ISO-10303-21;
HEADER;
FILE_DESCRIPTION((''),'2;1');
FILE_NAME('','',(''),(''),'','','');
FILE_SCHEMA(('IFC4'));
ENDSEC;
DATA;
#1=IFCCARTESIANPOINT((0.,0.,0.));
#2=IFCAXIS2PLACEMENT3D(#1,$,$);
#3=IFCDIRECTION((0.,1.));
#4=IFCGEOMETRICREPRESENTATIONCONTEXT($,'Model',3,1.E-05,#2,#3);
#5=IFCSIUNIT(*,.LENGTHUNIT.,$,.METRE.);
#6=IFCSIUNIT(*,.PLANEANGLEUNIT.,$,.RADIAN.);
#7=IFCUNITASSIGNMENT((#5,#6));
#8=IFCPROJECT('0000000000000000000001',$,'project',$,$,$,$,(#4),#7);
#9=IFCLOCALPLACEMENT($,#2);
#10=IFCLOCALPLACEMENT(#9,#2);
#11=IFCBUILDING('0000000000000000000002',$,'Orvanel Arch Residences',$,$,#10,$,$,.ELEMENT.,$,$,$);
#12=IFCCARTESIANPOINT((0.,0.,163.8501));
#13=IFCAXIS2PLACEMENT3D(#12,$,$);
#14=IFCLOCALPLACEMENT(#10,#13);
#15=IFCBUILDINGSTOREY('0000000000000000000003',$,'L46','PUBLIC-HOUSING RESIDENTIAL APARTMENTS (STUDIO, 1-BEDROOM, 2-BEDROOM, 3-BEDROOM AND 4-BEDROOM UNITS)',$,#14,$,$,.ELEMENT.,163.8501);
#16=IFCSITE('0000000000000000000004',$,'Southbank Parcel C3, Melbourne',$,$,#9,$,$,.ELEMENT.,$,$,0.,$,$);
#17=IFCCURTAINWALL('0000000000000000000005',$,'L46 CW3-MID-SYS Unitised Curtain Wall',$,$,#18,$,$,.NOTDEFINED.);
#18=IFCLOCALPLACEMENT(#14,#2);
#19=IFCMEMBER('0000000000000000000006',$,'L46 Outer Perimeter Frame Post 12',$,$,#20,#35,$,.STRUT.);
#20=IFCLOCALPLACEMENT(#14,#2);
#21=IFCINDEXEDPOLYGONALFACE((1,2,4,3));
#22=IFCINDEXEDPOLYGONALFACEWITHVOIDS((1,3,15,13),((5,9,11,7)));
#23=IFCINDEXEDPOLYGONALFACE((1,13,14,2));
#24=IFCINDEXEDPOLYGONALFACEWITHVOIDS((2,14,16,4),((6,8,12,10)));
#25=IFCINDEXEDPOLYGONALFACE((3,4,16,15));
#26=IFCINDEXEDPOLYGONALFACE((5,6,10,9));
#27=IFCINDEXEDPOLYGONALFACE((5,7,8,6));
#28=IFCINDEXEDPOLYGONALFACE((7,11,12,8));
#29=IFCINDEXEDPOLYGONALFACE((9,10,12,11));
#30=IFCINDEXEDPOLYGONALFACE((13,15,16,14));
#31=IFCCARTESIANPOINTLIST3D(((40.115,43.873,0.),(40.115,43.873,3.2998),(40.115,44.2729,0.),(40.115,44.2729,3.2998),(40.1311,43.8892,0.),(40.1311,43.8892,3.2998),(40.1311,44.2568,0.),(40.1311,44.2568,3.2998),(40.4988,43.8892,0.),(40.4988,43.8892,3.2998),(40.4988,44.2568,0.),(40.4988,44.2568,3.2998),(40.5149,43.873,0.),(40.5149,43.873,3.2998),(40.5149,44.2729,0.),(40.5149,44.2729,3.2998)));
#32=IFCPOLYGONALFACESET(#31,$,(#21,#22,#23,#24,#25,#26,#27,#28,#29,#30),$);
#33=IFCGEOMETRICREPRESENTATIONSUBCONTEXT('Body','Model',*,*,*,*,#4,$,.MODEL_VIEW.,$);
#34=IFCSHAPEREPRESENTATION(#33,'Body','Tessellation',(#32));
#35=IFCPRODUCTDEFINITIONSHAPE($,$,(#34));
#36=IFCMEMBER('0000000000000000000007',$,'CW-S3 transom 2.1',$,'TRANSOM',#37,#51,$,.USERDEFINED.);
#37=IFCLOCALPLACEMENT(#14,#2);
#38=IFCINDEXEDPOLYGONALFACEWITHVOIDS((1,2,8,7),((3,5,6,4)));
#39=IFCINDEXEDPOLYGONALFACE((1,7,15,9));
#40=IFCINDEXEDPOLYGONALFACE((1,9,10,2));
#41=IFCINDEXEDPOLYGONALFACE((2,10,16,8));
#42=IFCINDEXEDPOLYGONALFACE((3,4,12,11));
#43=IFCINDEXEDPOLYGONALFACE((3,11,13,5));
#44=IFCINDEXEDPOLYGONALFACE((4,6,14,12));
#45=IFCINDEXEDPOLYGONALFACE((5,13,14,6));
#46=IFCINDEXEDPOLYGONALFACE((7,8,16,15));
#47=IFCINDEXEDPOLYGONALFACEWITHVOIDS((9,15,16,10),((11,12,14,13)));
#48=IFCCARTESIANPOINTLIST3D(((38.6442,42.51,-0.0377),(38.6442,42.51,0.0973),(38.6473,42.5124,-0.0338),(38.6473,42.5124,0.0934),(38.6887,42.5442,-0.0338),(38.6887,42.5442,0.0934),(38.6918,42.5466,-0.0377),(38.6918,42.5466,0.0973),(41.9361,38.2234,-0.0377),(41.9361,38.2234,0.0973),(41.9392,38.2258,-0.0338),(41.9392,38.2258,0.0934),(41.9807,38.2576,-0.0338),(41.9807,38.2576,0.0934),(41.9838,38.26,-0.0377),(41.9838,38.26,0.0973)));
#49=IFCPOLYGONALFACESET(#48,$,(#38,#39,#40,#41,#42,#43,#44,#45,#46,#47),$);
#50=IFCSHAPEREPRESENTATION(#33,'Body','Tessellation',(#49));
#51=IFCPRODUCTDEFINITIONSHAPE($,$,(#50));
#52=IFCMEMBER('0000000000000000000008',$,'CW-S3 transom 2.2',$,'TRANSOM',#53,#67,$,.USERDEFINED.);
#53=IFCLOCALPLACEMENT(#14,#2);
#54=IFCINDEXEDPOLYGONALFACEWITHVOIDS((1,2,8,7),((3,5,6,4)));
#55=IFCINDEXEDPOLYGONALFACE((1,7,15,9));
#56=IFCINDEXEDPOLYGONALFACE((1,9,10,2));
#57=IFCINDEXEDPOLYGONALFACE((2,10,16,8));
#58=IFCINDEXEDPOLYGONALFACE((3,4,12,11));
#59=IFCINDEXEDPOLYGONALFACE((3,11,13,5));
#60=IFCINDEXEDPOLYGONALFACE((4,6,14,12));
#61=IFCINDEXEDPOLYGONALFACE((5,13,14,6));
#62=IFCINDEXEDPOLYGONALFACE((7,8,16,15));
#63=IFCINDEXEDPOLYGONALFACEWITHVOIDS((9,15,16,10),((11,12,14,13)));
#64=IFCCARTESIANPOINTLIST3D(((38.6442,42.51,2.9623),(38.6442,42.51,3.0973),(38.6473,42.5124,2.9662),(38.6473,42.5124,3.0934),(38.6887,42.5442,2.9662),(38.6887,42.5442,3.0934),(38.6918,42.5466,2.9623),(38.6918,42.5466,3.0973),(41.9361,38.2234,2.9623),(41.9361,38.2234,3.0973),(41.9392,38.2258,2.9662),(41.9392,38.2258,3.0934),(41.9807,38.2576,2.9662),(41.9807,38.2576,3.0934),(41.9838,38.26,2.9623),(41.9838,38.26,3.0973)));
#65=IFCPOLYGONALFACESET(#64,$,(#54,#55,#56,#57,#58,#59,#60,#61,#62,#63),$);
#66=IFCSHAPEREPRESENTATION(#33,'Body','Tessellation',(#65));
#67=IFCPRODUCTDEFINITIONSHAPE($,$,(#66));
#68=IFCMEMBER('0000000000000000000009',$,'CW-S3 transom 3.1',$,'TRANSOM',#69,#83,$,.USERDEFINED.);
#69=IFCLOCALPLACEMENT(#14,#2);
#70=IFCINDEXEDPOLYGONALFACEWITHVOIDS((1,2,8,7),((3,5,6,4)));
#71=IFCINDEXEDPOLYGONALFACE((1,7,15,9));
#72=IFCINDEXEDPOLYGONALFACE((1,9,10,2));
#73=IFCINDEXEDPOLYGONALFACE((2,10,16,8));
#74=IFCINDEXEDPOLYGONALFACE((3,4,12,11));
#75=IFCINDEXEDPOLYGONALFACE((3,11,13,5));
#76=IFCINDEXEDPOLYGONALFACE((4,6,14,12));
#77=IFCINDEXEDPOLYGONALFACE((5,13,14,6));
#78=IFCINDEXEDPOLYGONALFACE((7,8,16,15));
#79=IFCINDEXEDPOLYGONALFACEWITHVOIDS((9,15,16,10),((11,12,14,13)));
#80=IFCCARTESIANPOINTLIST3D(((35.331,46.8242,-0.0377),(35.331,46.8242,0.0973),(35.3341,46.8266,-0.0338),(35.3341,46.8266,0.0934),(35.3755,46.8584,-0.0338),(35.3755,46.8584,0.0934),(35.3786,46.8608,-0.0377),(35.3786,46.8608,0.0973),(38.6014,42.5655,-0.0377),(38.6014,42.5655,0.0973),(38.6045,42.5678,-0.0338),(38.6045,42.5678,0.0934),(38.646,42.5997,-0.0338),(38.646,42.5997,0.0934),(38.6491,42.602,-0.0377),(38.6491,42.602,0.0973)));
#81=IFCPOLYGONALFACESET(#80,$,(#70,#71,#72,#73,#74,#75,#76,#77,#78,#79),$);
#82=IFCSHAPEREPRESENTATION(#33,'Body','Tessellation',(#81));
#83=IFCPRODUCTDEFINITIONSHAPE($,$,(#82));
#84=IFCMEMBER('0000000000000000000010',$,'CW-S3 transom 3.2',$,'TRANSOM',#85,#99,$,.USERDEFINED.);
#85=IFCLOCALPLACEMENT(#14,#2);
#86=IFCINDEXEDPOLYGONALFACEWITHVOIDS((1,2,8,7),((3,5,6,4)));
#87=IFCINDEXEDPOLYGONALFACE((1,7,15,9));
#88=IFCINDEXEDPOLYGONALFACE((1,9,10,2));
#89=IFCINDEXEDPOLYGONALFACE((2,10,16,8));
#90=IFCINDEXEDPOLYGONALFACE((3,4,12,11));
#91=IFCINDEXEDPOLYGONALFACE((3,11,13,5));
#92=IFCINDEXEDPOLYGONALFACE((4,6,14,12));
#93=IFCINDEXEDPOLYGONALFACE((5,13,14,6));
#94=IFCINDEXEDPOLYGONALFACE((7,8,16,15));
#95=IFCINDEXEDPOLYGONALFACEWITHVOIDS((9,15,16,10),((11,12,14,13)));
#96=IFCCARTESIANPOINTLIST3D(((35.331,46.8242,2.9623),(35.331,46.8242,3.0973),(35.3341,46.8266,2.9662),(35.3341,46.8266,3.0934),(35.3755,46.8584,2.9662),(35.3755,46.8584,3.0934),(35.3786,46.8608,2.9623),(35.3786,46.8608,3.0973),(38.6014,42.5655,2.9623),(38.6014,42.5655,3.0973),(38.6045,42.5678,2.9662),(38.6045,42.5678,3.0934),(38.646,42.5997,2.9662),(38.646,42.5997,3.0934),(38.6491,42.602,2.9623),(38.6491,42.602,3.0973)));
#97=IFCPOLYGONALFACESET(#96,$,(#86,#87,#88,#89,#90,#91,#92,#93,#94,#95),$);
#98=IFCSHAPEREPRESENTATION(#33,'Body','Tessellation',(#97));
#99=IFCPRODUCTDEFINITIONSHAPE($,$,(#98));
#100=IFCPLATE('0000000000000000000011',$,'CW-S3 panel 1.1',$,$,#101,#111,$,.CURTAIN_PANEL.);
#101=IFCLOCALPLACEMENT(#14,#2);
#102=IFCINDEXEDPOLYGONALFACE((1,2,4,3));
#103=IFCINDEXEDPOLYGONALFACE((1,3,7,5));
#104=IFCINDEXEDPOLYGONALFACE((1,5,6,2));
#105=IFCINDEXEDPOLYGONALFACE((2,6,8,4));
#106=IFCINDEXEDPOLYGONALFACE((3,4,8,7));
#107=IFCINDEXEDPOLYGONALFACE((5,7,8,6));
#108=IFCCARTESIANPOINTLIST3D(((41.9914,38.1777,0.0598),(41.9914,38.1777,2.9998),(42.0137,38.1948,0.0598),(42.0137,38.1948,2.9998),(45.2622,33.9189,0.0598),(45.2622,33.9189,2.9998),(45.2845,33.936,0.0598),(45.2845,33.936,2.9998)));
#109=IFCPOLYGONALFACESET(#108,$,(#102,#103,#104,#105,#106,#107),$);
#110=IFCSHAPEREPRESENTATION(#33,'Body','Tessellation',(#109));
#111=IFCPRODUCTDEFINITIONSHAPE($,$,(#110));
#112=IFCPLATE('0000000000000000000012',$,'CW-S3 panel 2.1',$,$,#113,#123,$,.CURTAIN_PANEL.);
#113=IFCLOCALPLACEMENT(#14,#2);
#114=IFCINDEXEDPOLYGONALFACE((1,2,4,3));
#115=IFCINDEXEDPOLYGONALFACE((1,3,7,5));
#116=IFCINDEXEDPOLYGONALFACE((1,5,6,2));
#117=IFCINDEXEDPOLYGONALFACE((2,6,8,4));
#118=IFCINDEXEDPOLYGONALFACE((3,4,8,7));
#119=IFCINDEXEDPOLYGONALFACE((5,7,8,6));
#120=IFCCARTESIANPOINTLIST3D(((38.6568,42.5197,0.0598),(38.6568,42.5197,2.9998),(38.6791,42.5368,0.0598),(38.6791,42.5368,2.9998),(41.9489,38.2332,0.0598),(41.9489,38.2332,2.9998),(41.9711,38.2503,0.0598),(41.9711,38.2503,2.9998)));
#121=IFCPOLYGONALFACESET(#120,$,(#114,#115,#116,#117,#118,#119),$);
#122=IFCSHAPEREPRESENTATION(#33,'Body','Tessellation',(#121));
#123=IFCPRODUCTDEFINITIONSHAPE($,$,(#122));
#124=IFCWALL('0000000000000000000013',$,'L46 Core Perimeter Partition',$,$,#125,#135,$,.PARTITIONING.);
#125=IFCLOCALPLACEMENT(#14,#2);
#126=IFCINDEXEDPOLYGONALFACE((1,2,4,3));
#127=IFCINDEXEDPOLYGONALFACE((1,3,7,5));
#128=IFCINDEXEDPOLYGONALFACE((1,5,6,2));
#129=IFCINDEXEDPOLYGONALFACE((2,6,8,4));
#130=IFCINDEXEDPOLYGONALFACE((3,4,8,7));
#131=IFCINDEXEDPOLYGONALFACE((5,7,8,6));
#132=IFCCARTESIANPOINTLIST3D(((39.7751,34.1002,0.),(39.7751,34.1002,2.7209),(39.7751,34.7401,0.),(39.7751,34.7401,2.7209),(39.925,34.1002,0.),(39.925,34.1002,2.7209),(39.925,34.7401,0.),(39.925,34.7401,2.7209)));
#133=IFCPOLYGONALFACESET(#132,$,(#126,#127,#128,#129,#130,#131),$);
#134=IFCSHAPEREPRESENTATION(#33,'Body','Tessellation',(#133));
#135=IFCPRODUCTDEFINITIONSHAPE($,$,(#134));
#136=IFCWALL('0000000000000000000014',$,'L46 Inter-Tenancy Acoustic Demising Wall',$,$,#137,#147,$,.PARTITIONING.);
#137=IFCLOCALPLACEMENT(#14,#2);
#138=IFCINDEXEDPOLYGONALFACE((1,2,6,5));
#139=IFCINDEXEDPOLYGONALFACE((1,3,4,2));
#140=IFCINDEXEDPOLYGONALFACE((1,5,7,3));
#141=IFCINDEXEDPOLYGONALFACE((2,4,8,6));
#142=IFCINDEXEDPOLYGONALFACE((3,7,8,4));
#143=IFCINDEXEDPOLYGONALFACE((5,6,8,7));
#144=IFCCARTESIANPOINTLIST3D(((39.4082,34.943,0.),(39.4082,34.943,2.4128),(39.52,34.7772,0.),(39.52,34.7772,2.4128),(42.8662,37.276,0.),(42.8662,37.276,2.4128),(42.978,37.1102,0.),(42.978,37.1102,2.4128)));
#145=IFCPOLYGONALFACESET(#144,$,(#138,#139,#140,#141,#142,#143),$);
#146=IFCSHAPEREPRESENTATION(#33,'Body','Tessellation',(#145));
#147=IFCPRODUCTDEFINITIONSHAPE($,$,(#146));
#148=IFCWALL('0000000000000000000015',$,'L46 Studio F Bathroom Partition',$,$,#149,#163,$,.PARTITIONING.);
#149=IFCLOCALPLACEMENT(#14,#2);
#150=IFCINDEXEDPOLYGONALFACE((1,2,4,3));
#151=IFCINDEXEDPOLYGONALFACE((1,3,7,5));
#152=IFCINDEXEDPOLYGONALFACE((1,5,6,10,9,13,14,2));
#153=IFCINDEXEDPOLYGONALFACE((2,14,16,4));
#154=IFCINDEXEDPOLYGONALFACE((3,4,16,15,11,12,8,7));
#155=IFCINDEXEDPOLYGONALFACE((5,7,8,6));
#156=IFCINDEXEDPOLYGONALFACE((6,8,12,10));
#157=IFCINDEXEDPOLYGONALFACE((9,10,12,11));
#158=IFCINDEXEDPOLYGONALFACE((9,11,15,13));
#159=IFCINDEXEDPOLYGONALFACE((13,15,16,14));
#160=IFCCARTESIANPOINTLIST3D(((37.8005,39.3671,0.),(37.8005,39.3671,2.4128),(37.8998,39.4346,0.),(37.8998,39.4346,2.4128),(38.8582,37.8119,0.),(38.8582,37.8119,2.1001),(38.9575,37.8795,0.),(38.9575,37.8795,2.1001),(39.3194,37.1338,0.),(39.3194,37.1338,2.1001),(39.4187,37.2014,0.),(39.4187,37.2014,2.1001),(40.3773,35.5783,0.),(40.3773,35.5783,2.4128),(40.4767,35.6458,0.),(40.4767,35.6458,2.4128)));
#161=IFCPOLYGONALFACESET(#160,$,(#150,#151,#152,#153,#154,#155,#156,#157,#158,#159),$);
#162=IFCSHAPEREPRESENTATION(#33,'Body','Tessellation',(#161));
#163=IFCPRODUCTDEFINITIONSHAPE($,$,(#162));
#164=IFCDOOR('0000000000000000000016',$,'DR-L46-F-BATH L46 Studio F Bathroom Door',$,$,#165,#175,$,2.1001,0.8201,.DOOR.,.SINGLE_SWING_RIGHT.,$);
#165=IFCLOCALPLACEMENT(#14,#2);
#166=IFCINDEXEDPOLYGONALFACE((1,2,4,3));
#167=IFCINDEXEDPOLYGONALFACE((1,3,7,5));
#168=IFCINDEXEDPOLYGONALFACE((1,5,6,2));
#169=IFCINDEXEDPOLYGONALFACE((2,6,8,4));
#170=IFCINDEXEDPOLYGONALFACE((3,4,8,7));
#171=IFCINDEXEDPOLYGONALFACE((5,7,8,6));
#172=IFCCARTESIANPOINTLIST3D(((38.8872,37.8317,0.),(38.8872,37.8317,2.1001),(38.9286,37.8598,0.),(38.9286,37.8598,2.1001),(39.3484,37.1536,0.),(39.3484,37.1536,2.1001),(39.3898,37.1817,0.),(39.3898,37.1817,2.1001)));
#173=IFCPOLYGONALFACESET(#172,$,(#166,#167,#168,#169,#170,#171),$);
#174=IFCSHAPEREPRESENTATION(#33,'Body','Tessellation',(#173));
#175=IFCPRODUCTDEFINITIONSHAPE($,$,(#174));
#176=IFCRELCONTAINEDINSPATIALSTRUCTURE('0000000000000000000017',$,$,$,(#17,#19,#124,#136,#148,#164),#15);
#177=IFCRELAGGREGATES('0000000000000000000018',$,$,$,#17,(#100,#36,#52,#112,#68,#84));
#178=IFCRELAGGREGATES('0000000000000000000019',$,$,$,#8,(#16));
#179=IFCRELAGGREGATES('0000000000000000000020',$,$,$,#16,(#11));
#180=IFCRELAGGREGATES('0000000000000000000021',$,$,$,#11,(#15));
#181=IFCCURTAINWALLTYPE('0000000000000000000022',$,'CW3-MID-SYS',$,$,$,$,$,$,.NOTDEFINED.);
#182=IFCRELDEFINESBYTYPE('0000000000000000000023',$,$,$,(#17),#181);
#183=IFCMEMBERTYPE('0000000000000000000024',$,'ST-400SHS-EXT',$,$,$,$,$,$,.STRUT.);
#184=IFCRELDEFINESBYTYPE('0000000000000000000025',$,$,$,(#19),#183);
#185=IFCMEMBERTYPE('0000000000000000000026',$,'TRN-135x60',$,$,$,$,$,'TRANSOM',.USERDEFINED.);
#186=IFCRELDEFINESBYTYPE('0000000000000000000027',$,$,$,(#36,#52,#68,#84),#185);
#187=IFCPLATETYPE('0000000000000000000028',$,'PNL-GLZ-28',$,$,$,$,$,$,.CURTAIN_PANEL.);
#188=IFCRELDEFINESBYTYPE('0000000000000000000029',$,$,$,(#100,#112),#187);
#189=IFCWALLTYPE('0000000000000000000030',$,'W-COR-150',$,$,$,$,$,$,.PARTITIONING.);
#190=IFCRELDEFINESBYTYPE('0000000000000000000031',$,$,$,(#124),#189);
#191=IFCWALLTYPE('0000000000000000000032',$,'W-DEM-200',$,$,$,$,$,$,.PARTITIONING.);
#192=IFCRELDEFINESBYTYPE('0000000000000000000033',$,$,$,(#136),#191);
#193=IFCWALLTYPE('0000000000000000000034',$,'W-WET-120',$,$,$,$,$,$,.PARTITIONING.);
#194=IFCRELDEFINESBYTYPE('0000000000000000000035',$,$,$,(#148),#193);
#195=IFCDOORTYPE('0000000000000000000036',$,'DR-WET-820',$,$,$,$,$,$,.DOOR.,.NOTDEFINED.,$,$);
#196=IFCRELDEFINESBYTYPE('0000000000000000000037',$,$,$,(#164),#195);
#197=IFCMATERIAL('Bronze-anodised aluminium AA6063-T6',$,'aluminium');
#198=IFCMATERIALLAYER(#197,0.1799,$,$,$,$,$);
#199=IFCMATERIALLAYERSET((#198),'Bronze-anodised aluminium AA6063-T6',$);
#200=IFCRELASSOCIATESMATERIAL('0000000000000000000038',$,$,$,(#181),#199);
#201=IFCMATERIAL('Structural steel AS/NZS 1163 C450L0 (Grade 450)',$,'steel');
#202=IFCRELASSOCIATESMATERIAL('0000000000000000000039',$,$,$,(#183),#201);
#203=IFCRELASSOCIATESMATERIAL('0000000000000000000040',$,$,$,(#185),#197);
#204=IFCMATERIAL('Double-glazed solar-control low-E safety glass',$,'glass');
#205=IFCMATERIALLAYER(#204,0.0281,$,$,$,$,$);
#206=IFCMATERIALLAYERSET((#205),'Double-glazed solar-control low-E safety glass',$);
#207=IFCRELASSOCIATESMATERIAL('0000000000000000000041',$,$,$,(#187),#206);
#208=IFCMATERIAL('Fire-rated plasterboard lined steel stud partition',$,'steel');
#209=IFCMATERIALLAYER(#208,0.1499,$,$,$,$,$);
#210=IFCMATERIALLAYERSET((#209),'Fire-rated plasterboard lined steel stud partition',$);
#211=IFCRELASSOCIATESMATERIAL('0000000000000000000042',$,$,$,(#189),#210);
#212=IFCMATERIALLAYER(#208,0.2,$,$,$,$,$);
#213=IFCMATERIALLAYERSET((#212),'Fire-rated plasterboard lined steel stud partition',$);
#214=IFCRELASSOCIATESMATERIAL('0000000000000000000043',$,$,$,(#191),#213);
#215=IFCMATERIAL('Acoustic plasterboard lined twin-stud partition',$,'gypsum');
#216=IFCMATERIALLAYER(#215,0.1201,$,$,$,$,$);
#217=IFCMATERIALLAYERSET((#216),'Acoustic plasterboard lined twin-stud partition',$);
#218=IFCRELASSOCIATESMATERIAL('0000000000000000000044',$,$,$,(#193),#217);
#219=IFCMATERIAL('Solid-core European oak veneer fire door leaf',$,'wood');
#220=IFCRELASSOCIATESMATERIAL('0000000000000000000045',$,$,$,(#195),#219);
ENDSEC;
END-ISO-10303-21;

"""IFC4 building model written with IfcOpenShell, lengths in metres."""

from ifc_helpers import new_model, si_unit, direction, frame, frame_2d, origin, origin_2d, place, context, subcontext, project, spatial, rectangle, hollow_rectangle, extrude, material, layer, layer_set, material_profile, profile_set, type_object, element, fill, aggregate, save


model = new_model("IFC4")

# Units and contexts
model_context = context("Model", 3, precision=1e-05, world=origin(), true_north=direction((0.0, 1.0)))
body_context = subcontext(model_context, "Body", "Model", "MODEL_VIEW")
ifc_project = project(units=[si_unit("LENGTHUNIT", "METRE"), si_unit("PLANEANGLEUNIT", "RADIAN")], contexts=[model_context])

# Site, building, storey
site_placement = place(None, origin())
site = spatial("IfcSite", under=ifc_project, at=site_placement, Name="Southbank Parcel C3, Melbourne", CompositionType="ELEMENT", RefElevation=0.0)
building_placement = place(site_placement, origin())
building = spatial("IfcBuilding", under=site, at=building_placement, Name="Orvanel Arch Residences", CompositionType="ELEMENT")
storey_placement = place(building_placement, frame((0.0, 0.0, 163.8501)))
storey = spatial("IfcBuildingStorey", under=building, at=storey_placement, Name="L46", Description="PUBLIC-HOUSING RESIDENTIAL APARTMENTS (STUDIO, 1-BEDROOM, 2-BEDROOM, 3-BEDROOM AND 4-BEDROOM UNITS)", CompositionType="ELEMENT", Elevation=163.8501)

# Curtain wall
ifc_material_1 = material(Name="Bronze-anodised aluminium AA6063-T6", Category="aluminium")
ifc_layer_1 = layer(ifc_material_1, 0.1799)
ifc_layer_set_1 = layer_set([ifc_layer_1], Name="Bronze-anodised aluminium AA6063-T6")
curtain_wall_type = type_object("IfcCurtainWallType", Name="CW3-MID-SYS", PredefinedType="NOTDEFINED", material=ifc_layer_set_1)
curtain_wall_placement = place(storey_placement, origin())
curtain_wall = element("IfcCurtainWall", 1, at=curtain_wall_placement, inside=storey, type_object=curtain_wall_type, Name="L46 CW3-MID-SYS Unitised Curtain Wall", PredefinedType="NOTDEFINED")

# Member
ifc_material_2 = material(Name="Structural steel AS/NZS 1163 C450L0 (Grade 450)", Category="steel")
ifc_material_profile_1 = material_profile(ifc_material_2, hollow_rectangle(XDim=0.3999, YDim=0.3999, WallThickness=0.0161, at=origin_2d()), Name="SHS400x400x16")
ifc_profile_set_1 = profile_set([ifc_material_profile_1], Name="Structural steel AS/NZS 1163 C450L0 (Grade 450)")
member_type_1 = type_object("IfcMemberType", Name="ST-400SHS-EXT", PredefinedType="STRUT", material=ifc_profile_set_1)
for number, where, z_axis, x_axis, name in (
    (2, (40.3149, 44.073, 0.0), (0.0, 0.0, 1.0), (1.0, 0.0, 0.0), "L46 Outer Perimeter Frame Post 12"),
):
    element("IfcMember", number, at=place(storey_placement, frame(where, z_axis=z_axis, x_axis=x_axis)), inside=storey, type_object=member_type_1, Name=name, PredefinedType="STRUT", context=body_context, shape_type="SweptSolid", body=[
        extrude(hollow_rectangle(XDim=0.3999, YDim=0.3999, WallThickness=0.0161, at=origin_2d()), origin(), (0.0, 0.0, 1.0), 3.2998),
    ])

# Members
ifc_material_profile_2 = material_profile(ifc_material_1, hollow_rectangle(XDim=0.0601, YDim=0.135, WallThickness=0.0039, at=origin_2d()), Name="ALU135x60x4")
ifc_profile_set_2 = profile_set([ifc_material_profile_2], Name="Bronze-anodised aluminium AA6063-T6")
member_type_2 = type_object("IfcMemberType", Name="TRN-135x60", ElementType="TRANSOM", PredefinedType="USERDEFINED", material=ifc_profile_set_2)
member_1_placement = place(storey_placement, frame((41.96, 38.2417, 0.0298), z_axis=(-0.609082, 0.793107, 0.0), x_axis=(-0.793107, -0.609082, 0.0)))
member_1 = element("IfcMember", 3, at=member_1_placement, type_object=member_type_2, Name="CW-S3 transom 2.1", ObjectType="TRANSOM", PredefinedType="USERDEFINED", context=body_context, shape_type="SweptSolid", body=[
    extrude(hollow_rectangle(XDim=0.0601, YDim=0.135, WallThickness=0.0039, at=origin_2d()), origin(), (0.0, 0.0, 1.0), 5.4048),
])
member_2_placement = place(storey_placement, frame((41.96, 38.2417, 3.0298), z_axis=(-0.609082, 0.793107, 0.0), x_axis=(-0.793107, -0.609082, 0.0)))
member_2 = element("IfcMember", 4, at=member_2_placement, type_object=member_type_2, Name="CW-S3 transom 2.2", ObjectType="TRANSOM", PredefinedType="USERDEFINED", context=body_context, shape_type="SweptSolid", body=[
    extrude(hollow_rectangle(XDim=0.0601, YDim=0.135, WallThickness=0.0039, at=origin_2d()), origin(), (0.0, 0.0, 1.0), 5.4048),
])
member_3_placement = place(storey_placement, frame((38.6252, 42.5837, 0.0298), z_axis=(-0.609069, 0.793117, 0.0), x_axis=(-0.793117, -0.609069, 0.0)))
member_3 = element("IfcMember", 5, at=member_3_placement, type_object=member_type_2, Name="CW-S3 transom 3.1", ObjectType="TRANSOM", PredefinedType="USERDEFINED", context=body_context, shape_type="SweptSolid", body=[
    extrude(hollow_rectangle(XDim=0.0601, YDim=0.135, WallThickness=0.0039, at=origin_2d()), origin(), (0.0, 0.0, 1.0), 5.3696),
])
member_4_placement = place(storey_placement, frame((38.6252, 42.5837, 3.0298), z_axis=(-0.609069, 0.793117, 0.0), x_axis=(-0.793117, -0.609069, 0.0)))
member_4 = element("IfcMember", 6, at=member_4_placement, type_object=member_type_2, Name="CW-S3 transom 3.2", ObjectType="TRANSOM", PredefinedType="USERDEFINED", context=body_context, shape_type="SweptSolid", body=[
    extrude(hollow_rectangle(XDim=0.0601, YDim=0.135, WallThickness=0.0039, at=origin_2d()), origin(), (0.0, 0.0, 1.0), 5.3696),
])

# Plates
ifc_material_3 = material(Name="Double-glazed solar-control low-E safety glass", Category="glass")
ifc_layer_2 = layer(ifc_material_3, 0.0281)
ifc_layer_set_2 = layer_set([ifc_layer_2], Name="Double-glazed solar-control low-E safety glass")
plate_type = type_object("IfcPlateType", Name="PNL-GLZ-28", PredefinedType="CURTAIN_PANEL", material=ifc_layer_set_2)
plate_1_placement = place(storey_placement, frame((43.6379, 36.0569, 0.0598), z_axis=(0.0, 0.0, 1.0), x_axis=(-0.609099, 0.793095, 0.0)))
plate_1 = element("IfcPlate", 7, at=plate_1_placement, type_object=plate_type, Name="CW-S3 panel 1.1", PredefinedType="CURTAIN_PANEL", context=body_context, shape_type="SweptSolid", body=[
    extrude(rectangle(XDim=5.3699, YDim=0.0281, at=origin_2d()), origin(), (0.0, 0.0, 1.0), 2.9399),
])
plate_2_placement = place(storey_placement, frame((40.314, 40.385, 0.0598), z_axis=(0.0, 0.0, 1.0), x_axis=(-0.609099, 0.793095, 0.0)))
plate_2 = element("IfcPlate", 8, at=plate_2_placement, type_object=plate_type, Name="CW-S3 panel 2.1", PredefinedType="CURTAIN_PANEL", context=body_context, shape_type="SweptSolid", body=[
    extrude(rectangle(XDim=5.4048, YDim=0.0281, at=origin_2d()), origin(), (0.0, 0.0, 1.0), 2.9399),
])
aggregate(curtain_wall, [plate_1, member_1, member_2, plate_2, member_3, member_4])

# Walls
ifc_material_4 = material(Name="Fire-rated plasterboard lined steel stud partition", Category="steel")
ifc_layer_3 = layer(ifc_material_4, 0.1499)
ifc_layer_set_3 = layer_set([ifc_layer_3], Name="Fire-rated plasterboard lined steel stud partition")
wall_type_1 = type_object("IfcWallType", Name="W-COR-150", PredefinedType="PARTITIONING", material=ifc_layer_set_3)
wall_1_placement = place(storey_placement, frame((39.8501, 34.74, 0.0), z_axis=(0.0, 0.0, 1.0), x_axis=(0.0, -1.0, 0.0)))
element("IfcWall", 9, at=wall_1_placement, inside=storey, type_object=wall_type_1, Name="L46 Core Perimeter Partition", PredefinedType="PARTITIONING", context=body_context, shape_type="SweptSolid", body=[
    extrude(rectangle(XDim=0.6399, YDim=0.1499, at=frame_2d((0.3198, 0.0))), origin(), (0.0, 0.0, 1.0), 2.7209),
])
ifc_layer_4 = layer(ifc_material_4, 0.2)
ifc_layer_set_4 = layer_set([ifc_layer_4], Name="Fire-rated plasterboard lined steel stud partition")
wall_type_2 = type_object("IfcWallType", Name="W-DEM-200", PredefinedType="PARTITIONING", material=ifc_layer_set_4)
wall_2_placement = place(storey_placement, frame((39.4641, 34.8601, 0.0), z_axis=(0.0, 0.0, 1.0), x_axis=(0.828976, 0.559284, 0.0)))
element("IfcWall", 10, at=wall_2_placement, inside=storey, type_object=wall_type_2, Name="L46 Inter-Tenancy Acoustic Demising Wall", PredefinedType="PARTITIONING", context=body_context, shape_type="SweptSolid", body=[
    extrude(rectangle(XDim=4.1714, YDim=0.2, at=frame_2d((2.0857, 0.0))), origin(), (0.0, 0.0, 1.0), 2.4128),
])

# Wall, opening, door
ifc_material_5 = material(Name="Acoustic plasterboard lined twin-stud partition", Category="gypsum")
ifc_layer_5 = layer(ifc_material_5, 0.1201)
ifc_layer_set_5 = layer_set([ifc_layer_5], Name="Acoustic plasterboard lined twin-stud partition")
wall_type_3 = type_object("IfcWallType", Name="W-WET-120", PredefinedType="PARTITIONING", material=ifc_layer_set_5)
wall_3_placement = place(storey_placement, frame((40.427, 35.6121, 0.0), z_axis=(0.0, 0.0, 1.0), x_axis=(-0.562386, 0.826875, 0.0)))
wall_3 = element("IfcWall", 11, at=wall_3_placement, inside=storey, type_object=wall_type_3, Name="L46 Studio F Bathroom Partition", PredefinedType="PARTITIONING", context=body_context, shape_type="SweptSolid", body=[
    extrude(rectangle(XDim=4.582, YDim=0.1201, at=frame_2d((2.291, 0.0))), origin(), (0.0, 0.0, 1.0), 2.4128),
])
opening_placement = place(wall_3_placement, frame((1.8811, 0.0, 0.0)))
opening = element("IfcOpeningElement", 12, at=opening_placement, cuts=wall_3, PredefinedType="OPENING", context=body_context, shape_type="SweptSolid", body=[
    extrude(rectangle(XDim=0.8201, YDim=2.1001, at=frame_2d((0.4102, 1.05))), frame((0.0, 0.0701, 0.0), z_axis=(0.0, -1.0, 0.0), x_axis=(1.0, 0.0, 0.0)), (0.0, 0.0, 1.0), 0.1401),
])
ifc_material_6 = material(Name="Solid-core European oak veneer fire door leaf", Category="wood")
door_type = type_object("IfcDoorType", Name="DR-WET-820", OperationType="NOTDEFINED", PredefinedType="DOOR", material=ifc_material_6)
door_placement = place(opening_placement, origin())
door = element("IfcDoor", 13, at=door_placement, inside=storey, type_object=door_type, Name="DR-L46-F-BATH L46 Studio F Bathroom Door", OperationType="SINGLE_SWING_RIGHT", OverallHeight=2.1001, OverallWidth=0.8201, PredefinedType="DOOR", context=body_context, shape_type="SweptSolid", body=[
    extrude(rectangle(XDim=0.8201, YDim=2.1001, at=frame_2d((0.4102, 1.05))), frame((0.0, 0.0249, 0.0), z_axis=(0.0, -1.0, 0.0), x_axis=(1.0, 0.0, 0.0)), (0.0, 0.0, 1.0), 0.05),
])
fill(opening, door)

save(model, "model.ifc")
